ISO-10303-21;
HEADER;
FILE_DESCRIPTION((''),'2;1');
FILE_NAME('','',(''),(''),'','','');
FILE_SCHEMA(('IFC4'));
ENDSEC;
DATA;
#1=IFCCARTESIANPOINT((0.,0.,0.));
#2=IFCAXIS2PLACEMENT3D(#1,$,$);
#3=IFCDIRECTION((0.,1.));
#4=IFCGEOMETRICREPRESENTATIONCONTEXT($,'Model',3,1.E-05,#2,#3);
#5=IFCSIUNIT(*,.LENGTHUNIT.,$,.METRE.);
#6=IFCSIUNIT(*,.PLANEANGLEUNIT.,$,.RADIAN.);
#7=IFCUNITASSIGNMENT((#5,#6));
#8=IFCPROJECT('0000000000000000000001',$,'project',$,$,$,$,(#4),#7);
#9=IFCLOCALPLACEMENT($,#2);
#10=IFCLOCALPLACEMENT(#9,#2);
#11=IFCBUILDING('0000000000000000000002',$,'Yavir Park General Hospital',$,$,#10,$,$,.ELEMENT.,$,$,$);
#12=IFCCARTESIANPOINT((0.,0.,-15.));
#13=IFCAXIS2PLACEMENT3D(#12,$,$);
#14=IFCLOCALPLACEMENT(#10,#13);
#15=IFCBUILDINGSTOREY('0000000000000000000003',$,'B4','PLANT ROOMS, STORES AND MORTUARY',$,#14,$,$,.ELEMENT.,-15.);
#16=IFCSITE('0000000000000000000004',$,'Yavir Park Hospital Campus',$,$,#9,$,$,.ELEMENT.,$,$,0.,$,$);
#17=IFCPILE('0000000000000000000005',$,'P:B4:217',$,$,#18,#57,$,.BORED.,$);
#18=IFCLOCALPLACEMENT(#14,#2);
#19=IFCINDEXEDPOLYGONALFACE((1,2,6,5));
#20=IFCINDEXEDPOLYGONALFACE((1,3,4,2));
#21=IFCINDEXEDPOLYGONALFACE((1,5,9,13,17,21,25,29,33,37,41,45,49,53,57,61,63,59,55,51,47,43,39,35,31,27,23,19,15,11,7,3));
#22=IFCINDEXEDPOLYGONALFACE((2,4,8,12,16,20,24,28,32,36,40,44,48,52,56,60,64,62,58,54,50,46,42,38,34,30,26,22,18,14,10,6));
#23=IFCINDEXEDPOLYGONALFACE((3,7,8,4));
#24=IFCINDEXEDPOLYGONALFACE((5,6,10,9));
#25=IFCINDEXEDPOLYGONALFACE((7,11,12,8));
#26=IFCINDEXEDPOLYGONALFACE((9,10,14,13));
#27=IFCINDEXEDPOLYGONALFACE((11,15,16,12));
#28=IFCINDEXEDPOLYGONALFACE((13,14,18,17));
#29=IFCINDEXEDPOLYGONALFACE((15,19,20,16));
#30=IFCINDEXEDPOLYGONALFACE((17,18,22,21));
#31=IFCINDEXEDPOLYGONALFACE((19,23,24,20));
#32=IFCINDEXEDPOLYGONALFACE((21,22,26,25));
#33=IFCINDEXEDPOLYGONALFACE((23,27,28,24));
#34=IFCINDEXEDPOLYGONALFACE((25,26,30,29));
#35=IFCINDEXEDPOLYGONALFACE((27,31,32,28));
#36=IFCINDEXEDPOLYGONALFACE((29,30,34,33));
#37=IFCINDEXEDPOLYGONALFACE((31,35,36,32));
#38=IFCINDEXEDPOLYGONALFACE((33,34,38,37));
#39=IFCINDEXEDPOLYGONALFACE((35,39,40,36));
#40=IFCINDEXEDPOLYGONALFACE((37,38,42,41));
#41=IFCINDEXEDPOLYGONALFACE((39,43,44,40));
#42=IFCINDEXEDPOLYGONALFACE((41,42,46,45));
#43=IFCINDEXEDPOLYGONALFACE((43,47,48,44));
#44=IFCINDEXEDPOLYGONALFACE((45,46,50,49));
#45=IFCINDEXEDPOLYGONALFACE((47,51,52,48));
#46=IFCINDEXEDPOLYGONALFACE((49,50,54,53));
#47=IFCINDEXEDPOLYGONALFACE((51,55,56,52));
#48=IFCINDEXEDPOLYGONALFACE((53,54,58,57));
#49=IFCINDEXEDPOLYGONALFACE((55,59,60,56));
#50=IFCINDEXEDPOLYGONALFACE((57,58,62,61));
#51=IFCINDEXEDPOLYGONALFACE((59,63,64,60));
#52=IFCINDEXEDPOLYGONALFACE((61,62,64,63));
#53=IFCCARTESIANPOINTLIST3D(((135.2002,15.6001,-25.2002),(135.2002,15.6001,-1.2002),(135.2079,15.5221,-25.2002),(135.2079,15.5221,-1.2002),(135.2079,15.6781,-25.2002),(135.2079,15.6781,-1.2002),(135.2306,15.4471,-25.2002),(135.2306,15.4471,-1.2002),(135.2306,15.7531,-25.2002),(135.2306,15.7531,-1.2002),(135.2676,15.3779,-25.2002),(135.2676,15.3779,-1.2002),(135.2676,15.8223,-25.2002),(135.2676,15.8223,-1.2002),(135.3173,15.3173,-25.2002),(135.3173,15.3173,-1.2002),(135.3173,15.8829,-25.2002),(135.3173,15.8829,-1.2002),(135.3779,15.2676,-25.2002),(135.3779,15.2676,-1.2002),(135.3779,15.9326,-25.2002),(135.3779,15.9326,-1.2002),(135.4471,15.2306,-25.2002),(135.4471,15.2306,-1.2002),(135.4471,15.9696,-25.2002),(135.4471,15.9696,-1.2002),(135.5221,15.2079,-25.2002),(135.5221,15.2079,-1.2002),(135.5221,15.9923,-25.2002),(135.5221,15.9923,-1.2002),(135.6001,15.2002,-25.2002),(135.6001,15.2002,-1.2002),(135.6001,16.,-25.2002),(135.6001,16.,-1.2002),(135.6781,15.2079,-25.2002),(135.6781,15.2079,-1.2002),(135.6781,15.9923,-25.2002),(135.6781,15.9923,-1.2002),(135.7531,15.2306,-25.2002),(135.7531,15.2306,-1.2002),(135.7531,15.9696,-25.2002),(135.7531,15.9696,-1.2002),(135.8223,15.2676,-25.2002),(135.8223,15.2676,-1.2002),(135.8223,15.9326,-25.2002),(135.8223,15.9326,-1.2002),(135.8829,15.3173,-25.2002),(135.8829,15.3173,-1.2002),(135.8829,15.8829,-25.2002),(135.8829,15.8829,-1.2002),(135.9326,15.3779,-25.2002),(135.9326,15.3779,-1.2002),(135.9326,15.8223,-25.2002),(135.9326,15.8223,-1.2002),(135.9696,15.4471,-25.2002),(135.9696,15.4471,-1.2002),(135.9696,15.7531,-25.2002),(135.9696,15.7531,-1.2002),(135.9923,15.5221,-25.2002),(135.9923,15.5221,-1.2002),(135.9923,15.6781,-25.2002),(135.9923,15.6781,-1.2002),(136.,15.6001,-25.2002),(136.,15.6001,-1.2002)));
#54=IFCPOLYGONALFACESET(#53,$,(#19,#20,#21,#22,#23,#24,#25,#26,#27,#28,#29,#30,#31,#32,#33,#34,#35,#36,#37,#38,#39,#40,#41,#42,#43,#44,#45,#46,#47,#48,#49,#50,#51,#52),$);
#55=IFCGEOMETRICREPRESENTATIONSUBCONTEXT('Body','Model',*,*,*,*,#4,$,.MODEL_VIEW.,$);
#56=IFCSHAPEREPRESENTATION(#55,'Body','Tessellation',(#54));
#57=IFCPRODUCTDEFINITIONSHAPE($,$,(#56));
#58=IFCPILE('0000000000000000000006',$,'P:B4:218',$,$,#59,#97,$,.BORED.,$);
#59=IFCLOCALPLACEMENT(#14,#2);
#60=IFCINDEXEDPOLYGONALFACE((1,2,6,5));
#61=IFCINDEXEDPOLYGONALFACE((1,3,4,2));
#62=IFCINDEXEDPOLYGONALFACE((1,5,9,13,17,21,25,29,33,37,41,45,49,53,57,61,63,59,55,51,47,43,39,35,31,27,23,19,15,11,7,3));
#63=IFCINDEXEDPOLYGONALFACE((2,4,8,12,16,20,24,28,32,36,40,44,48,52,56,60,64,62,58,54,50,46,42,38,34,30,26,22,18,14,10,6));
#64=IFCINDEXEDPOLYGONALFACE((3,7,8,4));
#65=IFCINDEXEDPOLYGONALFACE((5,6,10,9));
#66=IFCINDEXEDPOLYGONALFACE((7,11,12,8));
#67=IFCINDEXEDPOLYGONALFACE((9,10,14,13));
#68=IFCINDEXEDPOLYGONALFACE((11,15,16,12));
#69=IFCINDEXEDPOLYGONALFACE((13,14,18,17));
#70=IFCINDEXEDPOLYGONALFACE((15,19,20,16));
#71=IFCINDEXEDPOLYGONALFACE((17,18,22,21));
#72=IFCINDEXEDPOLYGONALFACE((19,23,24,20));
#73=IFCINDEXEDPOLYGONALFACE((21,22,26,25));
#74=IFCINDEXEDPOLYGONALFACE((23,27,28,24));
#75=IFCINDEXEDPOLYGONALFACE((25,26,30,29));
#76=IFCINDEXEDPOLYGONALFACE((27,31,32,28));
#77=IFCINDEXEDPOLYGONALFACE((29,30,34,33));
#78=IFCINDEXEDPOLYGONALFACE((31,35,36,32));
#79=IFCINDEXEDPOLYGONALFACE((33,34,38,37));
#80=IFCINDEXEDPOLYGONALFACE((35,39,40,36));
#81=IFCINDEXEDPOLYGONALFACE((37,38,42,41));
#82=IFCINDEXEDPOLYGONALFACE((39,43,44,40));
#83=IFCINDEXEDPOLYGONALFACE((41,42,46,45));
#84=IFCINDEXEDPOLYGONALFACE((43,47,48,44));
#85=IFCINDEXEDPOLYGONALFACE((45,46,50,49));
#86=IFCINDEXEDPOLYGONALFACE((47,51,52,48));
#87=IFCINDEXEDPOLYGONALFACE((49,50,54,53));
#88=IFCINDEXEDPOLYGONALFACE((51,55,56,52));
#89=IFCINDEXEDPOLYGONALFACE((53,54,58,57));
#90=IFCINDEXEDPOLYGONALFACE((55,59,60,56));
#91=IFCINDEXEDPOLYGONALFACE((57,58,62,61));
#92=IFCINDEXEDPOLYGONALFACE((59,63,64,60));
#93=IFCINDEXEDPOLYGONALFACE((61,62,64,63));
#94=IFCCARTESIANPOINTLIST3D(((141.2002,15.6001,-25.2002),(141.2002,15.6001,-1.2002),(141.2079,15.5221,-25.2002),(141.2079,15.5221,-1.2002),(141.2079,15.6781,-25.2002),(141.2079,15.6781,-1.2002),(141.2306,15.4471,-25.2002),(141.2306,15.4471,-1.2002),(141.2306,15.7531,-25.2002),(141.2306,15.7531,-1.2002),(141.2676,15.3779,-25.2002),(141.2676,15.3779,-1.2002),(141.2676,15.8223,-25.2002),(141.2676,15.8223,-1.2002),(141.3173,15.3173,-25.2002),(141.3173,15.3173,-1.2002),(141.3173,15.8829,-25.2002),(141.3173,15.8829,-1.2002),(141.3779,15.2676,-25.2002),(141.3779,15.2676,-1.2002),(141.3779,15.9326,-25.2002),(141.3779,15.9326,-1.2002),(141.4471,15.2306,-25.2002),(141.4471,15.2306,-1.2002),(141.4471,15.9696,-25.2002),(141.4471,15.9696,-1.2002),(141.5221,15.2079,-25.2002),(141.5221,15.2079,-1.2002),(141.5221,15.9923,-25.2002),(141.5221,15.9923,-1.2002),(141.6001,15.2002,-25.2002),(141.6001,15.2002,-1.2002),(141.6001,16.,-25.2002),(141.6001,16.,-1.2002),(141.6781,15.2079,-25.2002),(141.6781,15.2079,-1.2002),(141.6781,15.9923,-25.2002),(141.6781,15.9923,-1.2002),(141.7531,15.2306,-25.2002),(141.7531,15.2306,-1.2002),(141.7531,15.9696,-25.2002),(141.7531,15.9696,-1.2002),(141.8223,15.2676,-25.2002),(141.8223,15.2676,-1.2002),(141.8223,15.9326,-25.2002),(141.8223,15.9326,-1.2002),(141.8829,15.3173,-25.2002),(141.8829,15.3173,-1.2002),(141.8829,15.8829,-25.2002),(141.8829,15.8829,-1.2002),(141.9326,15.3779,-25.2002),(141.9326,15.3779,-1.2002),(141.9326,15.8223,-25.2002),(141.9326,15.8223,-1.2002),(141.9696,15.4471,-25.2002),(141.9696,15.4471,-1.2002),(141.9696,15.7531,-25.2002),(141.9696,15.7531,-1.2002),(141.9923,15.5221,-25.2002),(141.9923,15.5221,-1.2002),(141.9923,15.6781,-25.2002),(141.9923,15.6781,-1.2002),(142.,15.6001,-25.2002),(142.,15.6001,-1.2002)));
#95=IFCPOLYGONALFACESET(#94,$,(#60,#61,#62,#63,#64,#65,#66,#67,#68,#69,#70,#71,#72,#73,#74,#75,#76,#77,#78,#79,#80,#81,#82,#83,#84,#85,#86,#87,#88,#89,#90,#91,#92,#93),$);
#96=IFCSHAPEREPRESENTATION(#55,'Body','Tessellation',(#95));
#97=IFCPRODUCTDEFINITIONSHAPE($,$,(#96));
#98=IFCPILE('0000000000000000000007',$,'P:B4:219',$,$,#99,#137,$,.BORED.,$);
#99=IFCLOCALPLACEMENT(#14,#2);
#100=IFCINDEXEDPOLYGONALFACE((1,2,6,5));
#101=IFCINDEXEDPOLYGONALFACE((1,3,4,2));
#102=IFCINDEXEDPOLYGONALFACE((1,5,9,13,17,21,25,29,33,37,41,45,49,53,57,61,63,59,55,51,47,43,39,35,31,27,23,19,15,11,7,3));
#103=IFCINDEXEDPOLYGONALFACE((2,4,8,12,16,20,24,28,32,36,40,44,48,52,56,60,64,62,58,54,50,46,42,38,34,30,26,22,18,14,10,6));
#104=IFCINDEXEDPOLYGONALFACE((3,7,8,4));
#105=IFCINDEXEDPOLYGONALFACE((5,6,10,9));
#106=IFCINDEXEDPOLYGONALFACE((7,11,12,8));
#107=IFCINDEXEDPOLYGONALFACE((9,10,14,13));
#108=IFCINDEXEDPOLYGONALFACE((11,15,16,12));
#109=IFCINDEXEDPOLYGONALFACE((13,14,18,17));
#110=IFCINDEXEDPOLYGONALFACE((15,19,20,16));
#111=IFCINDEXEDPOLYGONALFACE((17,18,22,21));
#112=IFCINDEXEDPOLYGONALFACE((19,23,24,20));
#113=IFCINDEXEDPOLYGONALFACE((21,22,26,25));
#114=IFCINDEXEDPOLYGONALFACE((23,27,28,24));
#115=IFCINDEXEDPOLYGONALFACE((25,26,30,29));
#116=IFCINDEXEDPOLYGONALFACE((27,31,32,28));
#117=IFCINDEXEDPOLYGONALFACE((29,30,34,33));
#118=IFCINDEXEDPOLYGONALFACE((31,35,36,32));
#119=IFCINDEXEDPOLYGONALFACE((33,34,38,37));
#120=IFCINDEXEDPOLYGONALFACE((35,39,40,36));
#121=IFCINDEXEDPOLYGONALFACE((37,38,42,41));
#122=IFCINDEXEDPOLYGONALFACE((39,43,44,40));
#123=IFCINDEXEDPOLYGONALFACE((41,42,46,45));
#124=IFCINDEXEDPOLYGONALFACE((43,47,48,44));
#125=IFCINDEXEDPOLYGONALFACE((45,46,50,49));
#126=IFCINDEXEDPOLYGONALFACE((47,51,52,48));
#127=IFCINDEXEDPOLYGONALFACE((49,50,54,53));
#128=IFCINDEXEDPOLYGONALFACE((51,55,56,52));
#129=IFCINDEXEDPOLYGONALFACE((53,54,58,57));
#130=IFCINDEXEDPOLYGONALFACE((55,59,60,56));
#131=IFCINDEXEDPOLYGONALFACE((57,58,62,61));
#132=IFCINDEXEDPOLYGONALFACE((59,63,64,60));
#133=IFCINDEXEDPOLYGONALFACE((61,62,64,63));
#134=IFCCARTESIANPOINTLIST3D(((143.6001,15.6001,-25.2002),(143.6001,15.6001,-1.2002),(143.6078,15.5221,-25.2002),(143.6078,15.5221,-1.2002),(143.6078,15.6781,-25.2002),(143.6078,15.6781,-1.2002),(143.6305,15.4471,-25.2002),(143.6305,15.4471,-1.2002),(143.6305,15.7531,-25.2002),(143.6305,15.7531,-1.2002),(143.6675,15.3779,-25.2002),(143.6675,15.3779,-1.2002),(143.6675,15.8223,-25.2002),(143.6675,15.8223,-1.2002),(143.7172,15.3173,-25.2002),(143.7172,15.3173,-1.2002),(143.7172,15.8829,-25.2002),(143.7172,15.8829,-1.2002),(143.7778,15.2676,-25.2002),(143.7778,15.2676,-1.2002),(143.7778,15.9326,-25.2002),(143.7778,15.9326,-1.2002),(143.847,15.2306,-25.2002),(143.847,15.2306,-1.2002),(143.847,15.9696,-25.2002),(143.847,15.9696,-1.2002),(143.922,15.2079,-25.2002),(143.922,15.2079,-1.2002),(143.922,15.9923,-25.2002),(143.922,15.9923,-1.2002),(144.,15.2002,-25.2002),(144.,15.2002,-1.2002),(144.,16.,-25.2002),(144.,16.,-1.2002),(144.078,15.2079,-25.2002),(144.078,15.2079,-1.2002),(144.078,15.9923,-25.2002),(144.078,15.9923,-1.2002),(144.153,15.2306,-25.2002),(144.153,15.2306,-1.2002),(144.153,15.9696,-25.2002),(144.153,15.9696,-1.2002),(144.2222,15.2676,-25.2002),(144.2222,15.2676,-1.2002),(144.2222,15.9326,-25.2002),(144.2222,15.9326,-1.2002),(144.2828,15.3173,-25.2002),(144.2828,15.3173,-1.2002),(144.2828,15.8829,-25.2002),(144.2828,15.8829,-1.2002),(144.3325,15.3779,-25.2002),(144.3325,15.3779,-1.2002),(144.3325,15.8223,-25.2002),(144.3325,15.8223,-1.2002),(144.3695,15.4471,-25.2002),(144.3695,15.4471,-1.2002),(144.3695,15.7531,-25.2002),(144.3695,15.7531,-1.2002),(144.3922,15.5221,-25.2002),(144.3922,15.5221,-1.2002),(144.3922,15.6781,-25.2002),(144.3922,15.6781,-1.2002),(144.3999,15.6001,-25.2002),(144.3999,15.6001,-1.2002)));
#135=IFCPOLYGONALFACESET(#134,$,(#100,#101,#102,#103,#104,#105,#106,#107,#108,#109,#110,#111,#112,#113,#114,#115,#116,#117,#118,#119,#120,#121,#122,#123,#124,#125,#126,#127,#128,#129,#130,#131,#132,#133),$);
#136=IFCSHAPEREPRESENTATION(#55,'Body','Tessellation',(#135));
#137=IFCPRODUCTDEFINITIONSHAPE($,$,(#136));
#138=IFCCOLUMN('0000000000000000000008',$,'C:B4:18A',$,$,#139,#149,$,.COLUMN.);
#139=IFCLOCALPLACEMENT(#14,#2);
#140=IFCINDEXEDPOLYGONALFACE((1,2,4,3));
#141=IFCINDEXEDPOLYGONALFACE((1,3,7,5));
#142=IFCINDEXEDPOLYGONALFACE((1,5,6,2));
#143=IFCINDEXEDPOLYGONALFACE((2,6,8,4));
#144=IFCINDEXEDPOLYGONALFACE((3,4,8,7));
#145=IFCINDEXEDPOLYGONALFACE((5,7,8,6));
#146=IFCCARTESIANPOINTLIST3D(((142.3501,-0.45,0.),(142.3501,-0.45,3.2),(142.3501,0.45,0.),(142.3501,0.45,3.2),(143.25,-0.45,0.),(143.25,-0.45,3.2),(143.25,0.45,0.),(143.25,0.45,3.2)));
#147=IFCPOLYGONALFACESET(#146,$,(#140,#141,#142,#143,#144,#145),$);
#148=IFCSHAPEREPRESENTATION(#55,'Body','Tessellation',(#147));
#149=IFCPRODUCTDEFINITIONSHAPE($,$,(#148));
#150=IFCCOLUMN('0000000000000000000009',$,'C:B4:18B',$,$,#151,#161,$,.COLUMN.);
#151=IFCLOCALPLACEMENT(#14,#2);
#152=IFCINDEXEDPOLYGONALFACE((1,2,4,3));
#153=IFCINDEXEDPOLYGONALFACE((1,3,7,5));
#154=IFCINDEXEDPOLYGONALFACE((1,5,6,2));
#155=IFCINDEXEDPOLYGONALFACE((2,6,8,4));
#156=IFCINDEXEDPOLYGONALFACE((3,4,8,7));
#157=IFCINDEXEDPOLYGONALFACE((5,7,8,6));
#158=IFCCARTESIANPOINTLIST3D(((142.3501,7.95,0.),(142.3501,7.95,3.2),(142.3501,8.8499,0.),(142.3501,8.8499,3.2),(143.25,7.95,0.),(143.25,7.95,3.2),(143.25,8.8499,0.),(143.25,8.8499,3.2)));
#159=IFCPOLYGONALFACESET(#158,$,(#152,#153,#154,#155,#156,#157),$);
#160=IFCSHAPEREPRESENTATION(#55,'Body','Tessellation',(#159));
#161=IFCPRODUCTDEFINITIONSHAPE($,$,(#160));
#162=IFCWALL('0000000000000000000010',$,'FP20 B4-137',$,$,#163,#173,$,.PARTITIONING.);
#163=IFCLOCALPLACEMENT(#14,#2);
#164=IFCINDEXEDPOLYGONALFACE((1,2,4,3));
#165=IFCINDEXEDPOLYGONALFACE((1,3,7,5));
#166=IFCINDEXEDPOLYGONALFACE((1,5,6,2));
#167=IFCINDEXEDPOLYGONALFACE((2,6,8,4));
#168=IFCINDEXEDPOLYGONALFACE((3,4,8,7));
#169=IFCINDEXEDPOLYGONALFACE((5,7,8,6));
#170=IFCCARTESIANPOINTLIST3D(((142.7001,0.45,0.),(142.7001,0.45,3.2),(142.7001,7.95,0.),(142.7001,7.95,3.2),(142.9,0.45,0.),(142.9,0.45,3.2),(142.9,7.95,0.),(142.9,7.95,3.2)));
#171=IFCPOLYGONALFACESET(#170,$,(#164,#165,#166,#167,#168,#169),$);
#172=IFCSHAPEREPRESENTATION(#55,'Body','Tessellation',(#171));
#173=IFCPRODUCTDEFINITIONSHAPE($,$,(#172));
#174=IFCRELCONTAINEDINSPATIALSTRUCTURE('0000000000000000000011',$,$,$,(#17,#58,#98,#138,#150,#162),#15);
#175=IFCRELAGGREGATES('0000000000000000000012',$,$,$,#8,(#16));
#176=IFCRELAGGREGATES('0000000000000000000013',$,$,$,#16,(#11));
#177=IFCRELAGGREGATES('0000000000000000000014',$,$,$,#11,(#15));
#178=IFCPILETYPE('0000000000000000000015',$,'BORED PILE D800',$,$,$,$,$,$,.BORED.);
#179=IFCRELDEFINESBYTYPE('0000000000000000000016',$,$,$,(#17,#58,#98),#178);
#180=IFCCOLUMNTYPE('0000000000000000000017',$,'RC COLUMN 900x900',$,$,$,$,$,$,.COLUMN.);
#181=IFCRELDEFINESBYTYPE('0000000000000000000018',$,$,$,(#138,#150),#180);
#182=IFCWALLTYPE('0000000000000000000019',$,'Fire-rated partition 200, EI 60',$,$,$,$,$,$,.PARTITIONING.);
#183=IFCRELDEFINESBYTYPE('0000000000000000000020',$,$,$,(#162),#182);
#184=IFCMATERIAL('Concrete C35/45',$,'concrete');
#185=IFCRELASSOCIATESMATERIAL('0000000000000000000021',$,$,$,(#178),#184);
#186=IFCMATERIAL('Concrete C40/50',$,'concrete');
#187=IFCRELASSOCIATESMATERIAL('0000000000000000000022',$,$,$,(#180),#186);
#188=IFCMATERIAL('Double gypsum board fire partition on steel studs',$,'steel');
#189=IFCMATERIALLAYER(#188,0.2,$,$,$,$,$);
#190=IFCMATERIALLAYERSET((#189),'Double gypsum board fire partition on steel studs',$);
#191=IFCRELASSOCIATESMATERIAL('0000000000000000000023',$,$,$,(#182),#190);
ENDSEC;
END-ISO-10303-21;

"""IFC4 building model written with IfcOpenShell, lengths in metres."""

from ifc_helpers import new_model, si_unit, direction, frame, frame_2d, origin, origin_2d, place, context, subcontext, project, spatial, rectangle, circle, extrude, material, layer, layer_set, material_profile, profile_set, type_object, element, save


model = new_model("IFC4")

# Units and contexts
model_context = context("Model", 3, precision=1e-05, world=origin(), true_north=direction((0.0, 1.0)))
body_context = subcontext(model_context, "Body", "Model", "MODEL_VIEW")
ifc_project = project(units=[si_unit("LENGTHUNIT", "METRE"), si_unit("PLANEANGLEUNIT", "RADIAN")], contexts=[model_context])

# Site, building, storey
site_placement = place(None, origin())
site = spatial("IfcSite", under=ifc_project, at=site_placement, Name="Yavir Park Hospital Campus", CompositionType="ELEMENT", RefElevation=0.0)
building_placement = place(site_placement, origin())
building = spatial("IfcBuilding", under=site, at=building_placement, Name="Yavir Park General Hospital", CompositionType="ELEMENT")
storey_placement = place(building_placement, frame((0.0, 0.0, -15.0)))
storey = spatial("IfcBuildingStorey", under=building, at=storey_placement, Name="B4", Description="PLANT ROOMS, STORES AND MORTUARY", CompositionType="ELEMENT", Elevation=-15.0)

# Piles
ifc_material_1 = material(Name="Concrete C35/45", Category="concrete")
ifc_material_profile_1 = material_profile(ifc_material_1, circle(Radius=0.3999, at=origin_2d()), Name="D800")
ifc_profile_set_1 = profile_set([ifc_material_profile_1], Name="Concrete C35/45")
pile_type = type_object("IfcPileType", Name="BORED PILE D800", PredefinedType="BORED", material=ifc_profile_set_1)
for number, where, z_axis, x_axis, name in (
    (1, (135.6001, 15.6001, -1.2002), (0.0, 0.0, -1.0), (1.0, 0.0, 0.0), "P:B4:217"),
    (2, (141.6001, 15.6001, -1.2002), (0.0, 0.0, -1.0), (1.0, 0.0, 0.0), "P:B4:218"),
    (3, (144.0, 15.6001, -1.2002), (0.0, 0.0, -1.0), (1.0, 0.0, 0.0), "P:B4:219"),
):
    element("IfcPile", number, at=place(storey_placement, frame(where, z_axis=z_axis, x_axis=x_axis)), inside=storey, type_object=pile_type, Name=name, PredefinedType="BORED", context=body_context, shape_type="SweptSolid", body=[
        extrude(circle(Radius=0.3999, at=origin_2d()), origin(), (0.0, 0.0, 1.0), 24.0),
    ])

# Columns
ifc_material_2 = material(Name="Concrete C40/50", Category="concrete")
ifc_material_profile_2 = material_profile(ifc_material_2, rectangle(XDim=0.8999, YDim=0.8999, at=origin_2d()), Name="RC900x900")
ifc_profile_set_2 = profile_set([ifc_material_profile_2], Name="Concrete C40/50")
column_type = type_object("IfcColumnType", Name="RC COLUMN 900x900", PredefinedType="COLUMN", material=ifc_profile_set_2)
for number, where, z_axis, x_axis, name in (
    (4, (142.8, 0.0, 0.0), (0.0, 0.0, 1.0), (1.0, 0.0, 0.0), "C:B4:18A"),
    (5, (142.8, 8.3999, 0.0), (0.0, 0.0, 1.0), (1.0, 0.0, 0.0), "C:B4:18B"),
):
    element("IfcColumn", number, at=place(storey_placement, frame(where, z_axis=z_axis, x_axis=x_axis)), inside=storey, type_object=column_type, Name=name, PredefinedType="COLUMN", context=body_context, shape_type="SweptSolid", body=[
        extrude(rectangle(XDim=0.8999, YDim=0.8999, at=origin_2d()), origin(), (0.0, 0.0, 1.0), 3.2),
    ])

# Wall
ifc_material_3 = material(Name="Double gypsum board fire partition on steel studs", Category="steel")
ifc_layer_1 = layer(ifc_material_3, 0.2)
ifc_layer_set_1 = layer_set([ifc_layer_1], Name="Double gypsum board fire partition on steel studs")
wall_type_1 = type_object("IfcWallType", Name="Fire-rated partition 200, EI 60", PredefinedType="PARTITIONING", material=ifc_layer_set_1)
wall_1_placement = place(storey_placement, frame((142.8, 0.45, 0.0), z_axis=(0.0, 0.0, 1.0), x_axis=(0.0, 1.0, 0.0)))
element("IfcWall", 6, at=wall_1_placement, inside=storey, type_object=wall_type_1, Name="FP20 B4-137", PredefinedType="PARTITIONING", context=body_context, shape_type="SweptSolid", body=[
    extrude(rectangle(XDim=7.5, YDim=0.2, at=frame_2d((3.75, 0.0))), origin(), (0.0, 0.0, 1.0), 3.2),
])

save(model, "model.ifc")
